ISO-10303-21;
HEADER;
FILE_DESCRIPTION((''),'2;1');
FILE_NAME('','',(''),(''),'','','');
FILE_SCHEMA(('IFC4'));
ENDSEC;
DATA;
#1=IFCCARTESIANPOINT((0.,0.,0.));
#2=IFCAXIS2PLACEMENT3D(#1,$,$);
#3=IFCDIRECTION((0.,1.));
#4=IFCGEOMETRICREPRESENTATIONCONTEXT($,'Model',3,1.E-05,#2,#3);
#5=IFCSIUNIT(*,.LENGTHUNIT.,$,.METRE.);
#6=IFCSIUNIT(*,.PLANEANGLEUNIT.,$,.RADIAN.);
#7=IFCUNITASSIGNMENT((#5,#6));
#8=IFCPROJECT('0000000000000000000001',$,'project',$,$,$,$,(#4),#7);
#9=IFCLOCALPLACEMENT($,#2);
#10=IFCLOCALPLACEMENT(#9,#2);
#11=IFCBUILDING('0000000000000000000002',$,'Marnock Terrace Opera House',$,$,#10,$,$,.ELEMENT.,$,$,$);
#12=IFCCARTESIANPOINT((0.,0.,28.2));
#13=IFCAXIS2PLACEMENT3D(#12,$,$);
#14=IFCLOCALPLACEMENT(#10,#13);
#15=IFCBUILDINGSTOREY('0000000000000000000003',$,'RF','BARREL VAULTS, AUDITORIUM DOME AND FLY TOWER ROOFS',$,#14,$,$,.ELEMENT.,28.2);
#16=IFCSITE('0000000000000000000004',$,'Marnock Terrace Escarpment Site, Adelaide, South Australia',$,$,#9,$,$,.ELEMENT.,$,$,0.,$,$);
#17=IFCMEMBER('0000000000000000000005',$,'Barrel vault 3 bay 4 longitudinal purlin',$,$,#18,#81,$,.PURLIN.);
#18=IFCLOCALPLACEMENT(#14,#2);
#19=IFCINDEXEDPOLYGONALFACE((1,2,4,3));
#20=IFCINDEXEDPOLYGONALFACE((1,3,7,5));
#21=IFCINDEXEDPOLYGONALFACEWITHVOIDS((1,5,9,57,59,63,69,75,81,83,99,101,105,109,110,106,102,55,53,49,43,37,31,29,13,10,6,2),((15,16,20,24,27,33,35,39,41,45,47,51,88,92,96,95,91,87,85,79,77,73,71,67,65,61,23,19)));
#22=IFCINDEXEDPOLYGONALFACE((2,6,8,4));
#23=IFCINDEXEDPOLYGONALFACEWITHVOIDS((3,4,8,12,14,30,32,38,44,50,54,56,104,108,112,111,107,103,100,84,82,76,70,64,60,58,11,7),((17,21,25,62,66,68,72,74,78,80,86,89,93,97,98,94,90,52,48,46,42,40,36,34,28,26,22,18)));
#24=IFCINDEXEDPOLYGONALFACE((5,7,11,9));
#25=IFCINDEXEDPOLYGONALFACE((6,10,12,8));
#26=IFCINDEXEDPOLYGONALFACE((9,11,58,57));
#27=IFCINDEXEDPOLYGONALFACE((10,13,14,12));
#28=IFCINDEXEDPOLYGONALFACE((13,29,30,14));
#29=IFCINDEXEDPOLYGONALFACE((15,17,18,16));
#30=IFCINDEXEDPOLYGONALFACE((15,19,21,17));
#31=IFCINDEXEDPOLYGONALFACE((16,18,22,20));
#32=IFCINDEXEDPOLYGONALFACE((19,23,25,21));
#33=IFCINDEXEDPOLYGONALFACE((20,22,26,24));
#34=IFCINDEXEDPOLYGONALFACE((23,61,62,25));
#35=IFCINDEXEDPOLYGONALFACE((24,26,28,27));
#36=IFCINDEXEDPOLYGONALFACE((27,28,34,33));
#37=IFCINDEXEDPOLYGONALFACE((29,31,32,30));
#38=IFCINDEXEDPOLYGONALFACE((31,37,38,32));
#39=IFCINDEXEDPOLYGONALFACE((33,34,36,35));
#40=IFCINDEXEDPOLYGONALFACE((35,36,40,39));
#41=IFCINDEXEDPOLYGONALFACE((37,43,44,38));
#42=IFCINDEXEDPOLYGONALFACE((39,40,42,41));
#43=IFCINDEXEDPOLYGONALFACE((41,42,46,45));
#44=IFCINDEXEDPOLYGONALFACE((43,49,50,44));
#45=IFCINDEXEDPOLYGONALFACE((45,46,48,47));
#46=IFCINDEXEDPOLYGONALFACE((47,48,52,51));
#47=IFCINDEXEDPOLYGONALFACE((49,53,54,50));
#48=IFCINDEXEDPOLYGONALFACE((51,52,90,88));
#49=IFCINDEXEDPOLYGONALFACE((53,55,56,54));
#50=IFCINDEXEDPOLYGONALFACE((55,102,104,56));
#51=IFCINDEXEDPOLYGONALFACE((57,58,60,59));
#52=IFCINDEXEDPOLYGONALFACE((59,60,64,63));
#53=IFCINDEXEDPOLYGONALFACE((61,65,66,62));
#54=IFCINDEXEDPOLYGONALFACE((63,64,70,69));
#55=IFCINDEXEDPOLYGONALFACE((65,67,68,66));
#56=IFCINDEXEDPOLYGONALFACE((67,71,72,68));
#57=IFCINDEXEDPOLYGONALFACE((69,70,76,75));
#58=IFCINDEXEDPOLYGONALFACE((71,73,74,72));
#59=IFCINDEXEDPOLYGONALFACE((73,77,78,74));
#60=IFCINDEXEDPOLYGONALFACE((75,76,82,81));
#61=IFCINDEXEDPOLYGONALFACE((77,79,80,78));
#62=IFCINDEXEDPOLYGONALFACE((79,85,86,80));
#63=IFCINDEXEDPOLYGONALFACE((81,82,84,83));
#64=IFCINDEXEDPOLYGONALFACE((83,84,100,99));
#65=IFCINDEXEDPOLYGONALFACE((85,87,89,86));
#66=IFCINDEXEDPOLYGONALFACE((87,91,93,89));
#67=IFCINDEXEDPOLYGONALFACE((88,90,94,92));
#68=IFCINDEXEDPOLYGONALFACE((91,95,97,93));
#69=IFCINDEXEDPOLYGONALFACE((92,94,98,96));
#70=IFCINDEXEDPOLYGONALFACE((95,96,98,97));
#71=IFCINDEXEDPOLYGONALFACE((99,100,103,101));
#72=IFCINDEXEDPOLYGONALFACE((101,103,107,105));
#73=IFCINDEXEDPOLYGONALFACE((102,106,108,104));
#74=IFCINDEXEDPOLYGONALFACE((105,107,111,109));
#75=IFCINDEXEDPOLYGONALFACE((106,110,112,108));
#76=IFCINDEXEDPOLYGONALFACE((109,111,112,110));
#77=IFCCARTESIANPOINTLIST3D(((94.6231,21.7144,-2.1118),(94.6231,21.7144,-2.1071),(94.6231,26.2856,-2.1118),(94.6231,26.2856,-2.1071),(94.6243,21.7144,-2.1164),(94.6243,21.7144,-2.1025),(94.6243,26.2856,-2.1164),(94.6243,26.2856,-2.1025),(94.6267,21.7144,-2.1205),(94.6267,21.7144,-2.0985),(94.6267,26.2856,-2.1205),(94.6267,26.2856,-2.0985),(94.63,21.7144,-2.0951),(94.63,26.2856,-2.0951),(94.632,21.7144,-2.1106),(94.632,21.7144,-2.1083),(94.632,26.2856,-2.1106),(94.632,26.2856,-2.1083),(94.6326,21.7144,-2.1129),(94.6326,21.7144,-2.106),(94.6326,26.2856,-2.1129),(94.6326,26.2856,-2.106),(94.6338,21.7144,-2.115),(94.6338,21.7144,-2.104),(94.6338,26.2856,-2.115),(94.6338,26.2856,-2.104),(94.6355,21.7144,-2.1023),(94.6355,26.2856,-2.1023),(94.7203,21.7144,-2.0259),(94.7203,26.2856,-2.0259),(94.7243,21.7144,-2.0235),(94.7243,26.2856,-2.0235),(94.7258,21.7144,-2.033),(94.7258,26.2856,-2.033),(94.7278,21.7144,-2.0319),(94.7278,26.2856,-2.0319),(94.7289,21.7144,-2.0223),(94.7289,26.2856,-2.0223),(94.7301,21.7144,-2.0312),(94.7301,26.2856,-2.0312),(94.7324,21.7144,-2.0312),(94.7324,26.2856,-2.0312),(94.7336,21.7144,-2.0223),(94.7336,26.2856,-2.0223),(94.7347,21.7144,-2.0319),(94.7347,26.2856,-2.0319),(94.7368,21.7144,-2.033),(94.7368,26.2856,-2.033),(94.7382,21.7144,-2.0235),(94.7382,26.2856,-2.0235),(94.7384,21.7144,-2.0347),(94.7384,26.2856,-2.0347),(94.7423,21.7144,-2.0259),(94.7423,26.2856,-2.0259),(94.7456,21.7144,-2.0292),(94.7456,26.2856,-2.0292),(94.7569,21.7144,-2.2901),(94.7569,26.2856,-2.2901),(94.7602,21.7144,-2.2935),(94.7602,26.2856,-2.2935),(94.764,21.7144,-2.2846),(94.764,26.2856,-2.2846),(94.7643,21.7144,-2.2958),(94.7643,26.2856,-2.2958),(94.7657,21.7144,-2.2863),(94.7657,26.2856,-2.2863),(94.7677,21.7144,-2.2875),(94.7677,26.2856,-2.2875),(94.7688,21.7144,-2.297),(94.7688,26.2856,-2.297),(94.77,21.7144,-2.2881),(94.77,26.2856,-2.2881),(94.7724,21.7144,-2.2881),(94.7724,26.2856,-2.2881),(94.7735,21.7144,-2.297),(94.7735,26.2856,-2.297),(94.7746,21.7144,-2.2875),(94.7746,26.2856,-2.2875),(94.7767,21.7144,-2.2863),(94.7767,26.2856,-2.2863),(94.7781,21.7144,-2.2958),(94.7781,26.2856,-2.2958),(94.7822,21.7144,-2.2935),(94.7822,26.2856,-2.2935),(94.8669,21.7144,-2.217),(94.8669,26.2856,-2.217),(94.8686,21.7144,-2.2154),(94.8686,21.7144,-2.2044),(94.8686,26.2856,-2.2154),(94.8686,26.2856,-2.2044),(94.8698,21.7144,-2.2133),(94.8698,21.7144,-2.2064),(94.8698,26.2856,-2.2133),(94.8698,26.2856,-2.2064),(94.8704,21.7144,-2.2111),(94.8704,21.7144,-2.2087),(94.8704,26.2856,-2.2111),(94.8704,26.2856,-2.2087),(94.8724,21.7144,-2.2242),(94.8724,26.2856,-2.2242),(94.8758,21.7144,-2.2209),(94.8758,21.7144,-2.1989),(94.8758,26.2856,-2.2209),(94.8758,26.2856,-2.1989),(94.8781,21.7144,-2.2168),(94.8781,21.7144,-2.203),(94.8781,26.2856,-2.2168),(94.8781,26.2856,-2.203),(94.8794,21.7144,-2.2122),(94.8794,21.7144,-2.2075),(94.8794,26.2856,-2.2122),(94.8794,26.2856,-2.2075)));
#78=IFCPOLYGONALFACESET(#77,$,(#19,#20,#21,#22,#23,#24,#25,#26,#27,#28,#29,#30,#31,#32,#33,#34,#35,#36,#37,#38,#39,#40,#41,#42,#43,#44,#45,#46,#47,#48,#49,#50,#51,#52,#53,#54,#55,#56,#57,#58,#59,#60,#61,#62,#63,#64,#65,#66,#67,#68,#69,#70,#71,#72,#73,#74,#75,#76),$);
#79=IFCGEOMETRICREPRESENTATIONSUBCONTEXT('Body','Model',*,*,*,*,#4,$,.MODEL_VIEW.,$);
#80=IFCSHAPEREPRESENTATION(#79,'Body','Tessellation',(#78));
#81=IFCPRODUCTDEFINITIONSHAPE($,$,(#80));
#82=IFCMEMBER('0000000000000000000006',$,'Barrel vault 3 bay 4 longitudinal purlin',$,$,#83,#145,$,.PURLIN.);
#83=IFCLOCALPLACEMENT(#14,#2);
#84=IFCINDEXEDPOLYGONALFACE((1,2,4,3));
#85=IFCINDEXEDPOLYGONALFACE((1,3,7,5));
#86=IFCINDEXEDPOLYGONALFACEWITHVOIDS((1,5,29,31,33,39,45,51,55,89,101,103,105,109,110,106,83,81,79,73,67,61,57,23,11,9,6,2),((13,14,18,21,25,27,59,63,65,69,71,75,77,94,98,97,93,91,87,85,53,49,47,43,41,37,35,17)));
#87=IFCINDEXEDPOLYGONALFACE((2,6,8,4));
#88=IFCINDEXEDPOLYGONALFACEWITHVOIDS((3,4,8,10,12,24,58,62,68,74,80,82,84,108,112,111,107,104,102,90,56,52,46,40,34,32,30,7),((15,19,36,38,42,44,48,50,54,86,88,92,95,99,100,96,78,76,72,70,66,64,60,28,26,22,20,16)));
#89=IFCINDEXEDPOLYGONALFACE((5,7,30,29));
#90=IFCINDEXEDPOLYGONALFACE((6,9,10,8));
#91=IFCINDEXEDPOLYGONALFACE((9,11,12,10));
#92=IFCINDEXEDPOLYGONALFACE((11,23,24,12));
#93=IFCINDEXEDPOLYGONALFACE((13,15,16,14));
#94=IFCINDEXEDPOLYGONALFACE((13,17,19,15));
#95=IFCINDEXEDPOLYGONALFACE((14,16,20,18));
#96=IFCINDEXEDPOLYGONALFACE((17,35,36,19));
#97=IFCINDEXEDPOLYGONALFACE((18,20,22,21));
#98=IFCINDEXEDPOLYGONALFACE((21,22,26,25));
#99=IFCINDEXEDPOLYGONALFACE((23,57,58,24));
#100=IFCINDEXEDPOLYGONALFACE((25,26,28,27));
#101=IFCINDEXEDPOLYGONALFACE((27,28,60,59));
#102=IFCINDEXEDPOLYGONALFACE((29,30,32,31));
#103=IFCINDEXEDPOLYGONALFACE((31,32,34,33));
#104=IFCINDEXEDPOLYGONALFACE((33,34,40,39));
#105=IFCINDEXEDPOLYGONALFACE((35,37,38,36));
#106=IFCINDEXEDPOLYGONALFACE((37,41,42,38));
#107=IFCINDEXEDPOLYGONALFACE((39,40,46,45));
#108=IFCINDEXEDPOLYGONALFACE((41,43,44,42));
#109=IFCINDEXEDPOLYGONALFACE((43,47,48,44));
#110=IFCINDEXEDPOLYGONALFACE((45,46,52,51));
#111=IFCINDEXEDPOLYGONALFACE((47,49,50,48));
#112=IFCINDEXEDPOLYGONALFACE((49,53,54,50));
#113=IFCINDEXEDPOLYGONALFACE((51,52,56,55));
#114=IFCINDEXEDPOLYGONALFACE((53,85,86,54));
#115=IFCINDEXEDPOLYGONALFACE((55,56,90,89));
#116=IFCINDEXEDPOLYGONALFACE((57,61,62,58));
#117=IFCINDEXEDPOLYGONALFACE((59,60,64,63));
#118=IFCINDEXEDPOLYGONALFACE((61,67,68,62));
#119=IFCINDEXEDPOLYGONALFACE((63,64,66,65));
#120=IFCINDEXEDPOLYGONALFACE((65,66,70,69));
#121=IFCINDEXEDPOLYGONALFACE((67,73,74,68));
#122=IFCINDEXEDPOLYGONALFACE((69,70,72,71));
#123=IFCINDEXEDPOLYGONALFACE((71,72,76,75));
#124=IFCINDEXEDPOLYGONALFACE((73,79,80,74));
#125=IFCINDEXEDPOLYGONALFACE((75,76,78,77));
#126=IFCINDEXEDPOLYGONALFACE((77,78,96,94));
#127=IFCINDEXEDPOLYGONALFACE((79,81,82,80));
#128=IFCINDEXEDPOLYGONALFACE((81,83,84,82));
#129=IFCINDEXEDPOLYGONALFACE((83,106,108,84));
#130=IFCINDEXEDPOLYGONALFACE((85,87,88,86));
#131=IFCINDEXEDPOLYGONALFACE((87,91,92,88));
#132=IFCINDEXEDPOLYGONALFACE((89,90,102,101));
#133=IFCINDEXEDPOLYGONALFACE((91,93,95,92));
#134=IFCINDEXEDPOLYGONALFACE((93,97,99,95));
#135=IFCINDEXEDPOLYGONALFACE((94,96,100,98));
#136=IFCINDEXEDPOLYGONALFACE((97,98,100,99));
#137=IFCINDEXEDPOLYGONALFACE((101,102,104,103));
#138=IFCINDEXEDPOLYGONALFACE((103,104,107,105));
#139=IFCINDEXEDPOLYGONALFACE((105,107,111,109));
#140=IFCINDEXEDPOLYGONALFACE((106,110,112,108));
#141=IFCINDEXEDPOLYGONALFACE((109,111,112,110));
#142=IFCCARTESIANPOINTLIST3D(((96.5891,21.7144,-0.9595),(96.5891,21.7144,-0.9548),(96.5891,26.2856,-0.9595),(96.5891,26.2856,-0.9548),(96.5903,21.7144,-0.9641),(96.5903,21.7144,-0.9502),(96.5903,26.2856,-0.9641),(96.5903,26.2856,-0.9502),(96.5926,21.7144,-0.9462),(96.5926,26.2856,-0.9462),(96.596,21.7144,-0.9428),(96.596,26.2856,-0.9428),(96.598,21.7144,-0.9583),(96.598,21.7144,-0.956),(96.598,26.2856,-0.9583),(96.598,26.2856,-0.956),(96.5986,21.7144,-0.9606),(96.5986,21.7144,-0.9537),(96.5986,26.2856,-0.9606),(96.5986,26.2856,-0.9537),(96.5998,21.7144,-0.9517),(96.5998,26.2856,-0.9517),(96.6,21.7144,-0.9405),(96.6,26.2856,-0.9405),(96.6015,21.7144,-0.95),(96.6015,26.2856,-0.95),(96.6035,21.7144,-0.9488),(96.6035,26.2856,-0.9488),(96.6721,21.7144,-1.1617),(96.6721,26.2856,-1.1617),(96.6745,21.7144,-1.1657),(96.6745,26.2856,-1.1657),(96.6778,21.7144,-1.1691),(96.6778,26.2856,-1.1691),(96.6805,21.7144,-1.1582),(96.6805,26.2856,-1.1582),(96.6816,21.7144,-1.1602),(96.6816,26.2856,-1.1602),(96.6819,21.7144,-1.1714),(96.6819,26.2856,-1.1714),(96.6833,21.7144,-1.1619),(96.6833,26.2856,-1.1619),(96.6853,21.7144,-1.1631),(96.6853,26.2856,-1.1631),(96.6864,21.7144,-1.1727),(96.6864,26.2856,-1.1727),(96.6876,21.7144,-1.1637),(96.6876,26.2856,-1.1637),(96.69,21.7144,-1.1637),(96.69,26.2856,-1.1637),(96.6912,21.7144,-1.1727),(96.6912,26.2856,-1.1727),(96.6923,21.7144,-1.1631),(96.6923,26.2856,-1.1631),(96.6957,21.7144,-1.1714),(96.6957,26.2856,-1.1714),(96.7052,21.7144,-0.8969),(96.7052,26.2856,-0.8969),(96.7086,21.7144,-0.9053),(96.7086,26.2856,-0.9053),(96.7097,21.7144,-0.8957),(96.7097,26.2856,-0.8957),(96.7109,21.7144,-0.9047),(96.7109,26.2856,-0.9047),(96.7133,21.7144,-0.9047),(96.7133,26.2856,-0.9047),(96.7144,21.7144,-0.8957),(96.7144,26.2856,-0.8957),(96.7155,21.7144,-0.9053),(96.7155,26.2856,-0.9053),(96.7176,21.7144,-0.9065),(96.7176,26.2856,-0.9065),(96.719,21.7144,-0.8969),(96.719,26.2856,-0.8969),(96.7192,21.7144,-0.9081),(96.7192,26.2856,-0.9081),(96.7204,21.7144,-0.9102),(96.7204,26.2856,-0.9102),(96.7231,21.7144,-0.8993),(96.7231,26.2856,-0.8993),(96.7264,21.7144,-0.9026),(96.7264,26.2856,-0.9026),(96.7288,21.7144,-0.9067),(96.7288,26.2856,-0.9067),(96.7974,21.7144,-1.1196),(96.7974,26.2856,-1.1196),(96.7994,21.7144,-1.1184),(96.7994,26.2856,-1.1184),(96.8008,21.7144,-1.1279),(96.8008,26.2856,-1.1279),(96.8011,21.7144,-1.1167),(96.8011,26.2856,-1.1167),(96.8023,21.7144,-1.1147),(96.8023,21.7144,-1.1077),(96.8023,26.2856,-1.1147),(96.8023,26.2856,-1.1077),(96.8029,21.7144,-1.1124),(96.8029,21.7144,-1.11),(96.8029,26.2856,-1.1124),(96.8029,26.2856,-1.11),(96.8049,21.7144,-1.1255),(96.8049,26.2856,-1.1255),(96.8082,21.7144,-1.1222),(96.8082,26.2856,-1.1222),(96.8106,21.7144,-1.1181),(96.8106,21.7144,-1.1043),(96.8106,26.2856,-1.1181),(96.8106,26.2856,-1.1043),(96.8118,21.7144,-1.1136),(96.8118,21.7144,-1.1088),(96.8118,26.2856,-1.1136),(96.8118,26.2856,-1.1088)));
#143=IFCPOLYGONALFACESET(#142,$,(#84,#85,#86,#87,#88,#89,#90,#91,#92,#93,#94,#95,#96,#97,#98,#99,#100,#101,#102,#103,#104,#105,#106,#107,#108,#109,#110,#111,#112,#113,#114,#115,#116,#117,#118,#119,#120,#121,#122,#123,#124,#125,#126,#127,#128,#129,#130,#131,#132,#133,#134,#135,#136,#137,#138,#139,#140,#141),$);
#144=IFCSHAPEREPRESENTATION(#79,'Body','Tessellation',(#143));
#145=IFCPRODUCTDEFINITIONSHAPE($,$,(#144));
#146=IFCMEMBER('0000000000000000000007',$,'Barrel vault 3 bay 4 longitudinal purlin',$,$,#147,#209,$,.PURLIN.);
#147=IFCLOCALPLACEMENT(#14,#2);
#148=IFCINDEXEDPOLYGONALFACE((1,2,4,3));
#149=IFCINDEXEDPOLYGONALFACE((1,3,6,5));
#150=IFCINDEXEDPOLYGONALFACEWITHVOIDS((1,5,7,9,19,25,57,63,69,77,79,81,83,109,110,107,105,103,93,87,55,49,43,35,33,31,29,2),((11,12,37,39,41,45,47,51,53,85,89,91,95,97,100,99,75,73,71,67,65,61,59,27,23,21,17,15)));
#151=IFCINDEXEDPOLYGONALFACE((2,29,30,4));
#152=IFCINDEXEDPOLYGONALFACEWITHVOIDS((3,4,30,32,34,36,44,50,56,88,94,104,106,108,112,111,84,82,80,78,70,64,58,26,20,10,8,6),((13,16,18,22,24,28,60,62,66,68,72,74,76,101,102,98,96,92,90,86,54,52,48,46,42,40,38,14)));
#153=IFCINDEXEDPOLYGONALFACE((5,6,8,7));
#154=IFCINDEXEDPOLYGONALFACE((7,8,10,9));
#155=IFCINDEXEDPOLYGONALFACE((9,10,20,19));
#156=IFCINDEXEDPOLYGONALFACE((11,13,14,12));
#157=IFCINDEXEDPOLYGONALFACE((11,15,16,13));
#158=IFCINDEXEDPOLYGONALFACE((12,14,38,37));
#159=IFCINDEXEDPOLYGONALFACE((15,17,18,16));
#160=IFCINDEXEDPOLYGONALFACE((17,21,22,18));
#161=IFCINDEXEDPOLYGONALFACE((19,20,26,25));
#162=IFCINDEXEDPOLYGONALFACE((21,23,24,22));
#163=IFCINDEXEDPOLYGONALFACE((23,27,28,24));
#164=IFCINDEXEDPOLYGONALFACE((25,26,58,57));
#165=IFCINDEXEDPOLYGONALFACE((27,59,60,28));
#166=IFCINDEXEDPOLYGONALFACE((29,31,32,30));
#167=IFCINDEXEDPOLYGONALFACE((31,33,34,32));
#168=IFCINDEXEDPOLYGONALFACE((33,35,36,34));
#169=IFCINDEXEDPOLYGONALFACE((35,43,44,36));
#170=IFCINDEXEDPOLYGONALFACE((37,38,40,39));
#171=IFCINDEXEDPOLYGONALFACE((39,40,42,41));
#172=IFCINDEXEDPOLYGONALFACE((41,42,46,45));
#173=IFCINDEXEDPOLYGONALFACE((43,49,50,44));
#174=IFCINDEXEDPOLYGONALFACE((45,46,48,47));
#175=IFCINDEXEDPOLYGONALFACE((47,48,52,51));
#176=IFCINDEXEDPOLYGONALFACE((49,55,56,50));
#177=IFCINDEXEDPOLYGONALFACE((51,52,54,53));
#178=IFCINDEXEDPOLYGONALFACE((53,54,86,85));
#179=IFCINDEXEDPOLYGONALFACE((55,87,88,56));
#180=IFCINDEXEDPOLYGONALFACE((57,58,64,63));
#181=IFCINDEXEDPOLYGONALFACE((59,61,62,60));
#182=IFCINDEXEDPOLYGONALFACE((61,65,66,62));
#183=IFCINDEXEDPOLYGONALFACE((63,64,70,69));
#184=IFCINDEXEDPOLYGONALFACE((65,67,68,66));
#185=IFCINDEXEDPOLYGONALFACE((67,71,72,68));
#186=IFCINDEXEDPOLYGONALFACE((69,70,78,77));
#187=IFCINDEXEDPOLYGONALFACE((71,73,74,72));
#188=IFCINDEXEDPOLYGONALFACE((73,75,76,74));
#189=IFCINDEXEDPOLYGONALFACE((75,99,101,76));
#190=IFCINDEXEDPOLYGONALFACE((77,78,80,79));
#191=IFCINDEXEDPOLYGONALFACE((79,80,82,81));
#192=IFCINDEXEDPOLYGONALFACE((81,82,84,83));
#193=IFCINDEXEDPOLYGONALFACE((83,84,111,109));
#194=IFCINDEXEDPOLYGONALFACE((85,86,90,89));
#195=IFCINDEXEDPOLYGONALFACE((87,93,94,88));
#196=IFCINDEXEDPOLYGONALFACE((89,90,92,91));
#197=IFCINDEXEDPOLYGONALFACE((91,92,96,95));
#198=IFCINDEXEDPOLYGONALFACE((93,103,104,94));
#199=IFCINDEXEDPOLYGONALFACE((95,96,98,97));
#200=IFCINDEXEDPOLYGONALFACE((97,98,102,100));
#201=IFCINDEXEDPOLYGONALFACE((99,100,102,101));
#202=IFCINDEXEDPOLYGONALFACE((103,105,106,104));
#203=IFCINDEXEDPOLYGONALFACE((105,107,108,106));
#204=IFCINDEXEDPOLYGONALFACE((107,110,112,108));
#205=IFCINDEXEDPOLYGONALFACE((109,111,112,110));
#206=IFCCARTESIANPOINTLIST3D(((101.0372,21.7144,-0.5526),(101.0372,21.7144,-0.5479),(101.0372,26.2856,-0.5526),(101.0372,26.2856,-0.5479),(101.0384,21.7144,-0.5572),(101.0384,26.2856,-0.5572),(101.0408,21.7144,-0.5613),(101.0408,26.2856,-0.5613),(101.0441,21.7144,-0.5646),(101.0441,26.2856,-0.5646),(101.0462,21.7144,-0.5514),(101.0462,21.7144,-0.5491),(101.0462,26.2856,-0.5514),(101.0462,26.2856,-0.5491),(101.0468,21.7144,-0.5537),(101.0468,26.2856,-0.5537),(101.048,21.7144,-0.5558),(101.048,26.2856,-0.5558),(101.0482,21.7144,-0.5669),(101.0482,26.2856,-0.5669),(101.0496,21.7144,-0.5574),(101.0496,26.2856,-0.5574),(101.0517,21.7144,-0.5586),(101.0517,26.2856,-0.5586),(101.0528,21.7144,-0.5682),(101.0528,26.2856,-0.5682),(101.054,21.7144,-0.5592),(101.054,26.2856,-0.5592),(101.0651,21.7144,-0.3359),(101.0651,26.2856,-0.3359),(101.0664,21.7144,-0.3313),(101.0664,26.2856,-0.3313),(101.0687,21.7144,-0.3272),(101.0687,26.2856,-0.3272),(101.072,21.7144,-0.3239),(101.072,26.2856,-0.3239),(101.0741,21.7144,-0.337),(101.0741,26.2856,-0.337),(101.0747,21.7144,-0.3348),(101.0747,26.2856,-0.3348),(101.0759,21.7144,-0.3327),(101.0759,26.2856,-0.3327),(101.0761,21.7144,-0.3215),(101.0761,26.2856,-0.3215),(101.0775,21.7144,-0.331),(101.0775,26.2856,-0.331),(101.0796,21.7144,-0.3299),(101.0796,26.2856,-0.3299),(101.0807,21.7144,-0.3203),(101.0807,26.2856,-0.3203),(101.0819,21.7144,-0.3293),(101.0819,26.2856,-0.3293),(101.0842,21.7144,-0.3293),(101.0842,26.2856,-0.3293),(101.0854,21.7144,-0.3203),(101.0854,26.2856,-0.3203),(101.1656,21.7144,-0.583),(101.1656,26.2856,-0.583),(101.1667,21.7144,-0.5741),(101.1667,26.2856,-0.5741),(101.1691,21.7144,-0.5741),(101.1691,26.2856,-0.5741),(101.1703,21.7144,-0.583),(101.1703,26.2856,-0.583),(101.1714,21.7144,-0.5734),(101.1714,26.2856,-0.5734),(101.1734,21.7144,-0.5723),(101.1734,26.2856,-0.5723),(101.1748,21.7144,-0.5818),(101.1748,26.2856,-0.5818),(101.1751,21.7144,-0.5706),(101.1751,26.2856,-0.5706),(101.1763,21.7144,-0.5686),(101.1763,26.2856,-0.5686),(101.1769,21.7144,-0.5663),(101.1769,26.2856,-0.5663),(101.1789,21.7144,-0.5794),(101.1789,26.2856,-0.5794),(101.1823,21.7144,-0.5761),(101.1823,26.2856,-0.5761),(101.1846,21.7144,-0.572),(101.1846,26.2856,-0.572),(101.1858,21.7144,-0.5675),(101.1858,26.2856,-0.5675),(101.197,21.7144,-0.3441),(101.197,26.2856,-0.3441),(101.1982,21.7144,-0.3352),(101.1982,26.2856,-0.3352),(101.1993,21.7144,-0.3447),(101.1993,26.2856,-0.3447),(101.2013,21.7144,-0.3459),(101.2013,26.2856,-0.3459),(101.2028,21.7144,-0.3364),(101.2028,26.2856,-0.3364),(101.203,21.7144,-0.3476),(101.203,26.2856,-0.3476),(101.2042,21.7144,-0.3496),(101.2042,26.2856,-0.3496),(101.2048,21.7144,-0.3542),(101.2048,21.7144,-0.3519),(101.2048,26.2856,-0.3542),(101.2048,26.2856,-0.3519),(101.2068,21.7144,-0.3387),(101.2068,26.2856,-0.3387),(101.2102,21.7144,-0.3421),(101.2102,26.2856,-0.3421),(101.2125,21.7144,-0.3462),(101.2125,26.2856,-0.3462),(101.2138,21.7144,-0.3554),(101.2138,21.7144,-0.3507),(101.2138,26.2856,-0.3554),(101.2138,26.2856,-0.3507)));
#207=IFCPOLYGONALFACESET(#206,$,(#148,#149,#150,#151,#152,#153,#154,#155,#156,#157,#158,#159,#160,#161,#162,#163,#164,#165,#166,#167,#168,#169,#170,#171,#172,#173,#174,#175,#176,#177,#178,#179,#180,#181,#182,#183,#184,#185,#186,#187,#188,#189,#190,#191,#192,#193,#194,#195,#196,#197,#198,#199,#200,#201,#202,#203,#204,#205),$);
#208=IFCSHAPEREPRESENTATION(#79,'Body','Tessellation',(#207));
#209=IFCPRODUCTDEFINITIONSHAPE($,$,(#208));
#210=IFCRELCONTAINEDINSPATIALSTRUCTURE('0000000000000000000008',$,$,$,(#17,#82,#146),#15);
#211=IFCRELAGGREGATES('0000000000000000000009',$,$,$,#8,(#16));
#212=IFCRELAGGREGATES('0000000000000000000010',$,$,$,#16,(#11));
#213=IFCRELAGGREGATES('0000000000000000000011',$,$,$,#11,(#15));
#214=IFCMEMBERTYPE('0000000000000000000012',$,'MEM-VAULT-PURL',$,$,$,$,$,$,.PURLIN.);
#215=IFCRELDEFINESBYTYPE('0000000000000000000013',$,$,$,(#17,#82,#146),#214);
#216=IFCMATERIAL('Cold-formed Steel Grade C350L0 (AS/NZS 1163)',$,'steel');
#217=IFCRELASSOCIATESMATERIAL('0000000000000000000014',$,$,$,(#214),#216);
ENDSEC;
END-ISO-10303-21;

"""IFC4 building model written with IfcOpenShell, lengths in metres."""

from ifc_helpers import new_model, si_unit, direction, frame, origin, origin_2d, place, context, subcontext, project, spatial, hollow_rectangle, extrude, material, material_profile, profile_set, type_object, element, save


model = new_model("IFC4")

# Units and contexts
model_context = context("Model", 3, precision=1e-05, world=origin(), true_north=direction((0.0, 1.0)))
body_context = subcontext(model_context, "Body", "Model", "MODEL_VIEW")
ifc_project = project(units=[si_unit("LENGTHUNIT", "METRE"), si_unit("PLANEANGLEUNIT", "RADIAN")], contexts=[model_context])

# Site, building, storey
site_placement = place(None, origin())
site = spatial("IfcSite", under=ifc_project, at=site_placement, Name="Marnock Terrace Escarpment Site, Adelaide, South Australia", CompositionType="ELEMENT", RefElevation=0.0)
building_placement = place(site_placement, origin())
building = spatial("IfcBuilding", under=site, at=building_placement, Name="Marnock Terrace Opera House", CompositionType="ELEMENT")
storey_placement = place(building_placement, frame((0.0, 0.0, 28.2)))
storey = spatial("IfcBuildingStorey", under=building, at=storey_placement, Name="RF", Description="BARREL VAULTS, AUDITORIUM DOME AND FLY TOWER ROOFS", CompositionType="ELEMENT", Elevation=28.2)

# Members
ifc_material_1 = material(Name="Cold-formed Steel Grade C350L0 (AS/NZS 1163)", Category="steel")
ifc_material_profile_1 = material_profile(ifc_material_1, hollow_rectangle(XDim=0.1499, YDim=0.25, WallThickness=0.009, InnerFilletRadius=0.009, OuterFilletRadius=0.0181, at=origin_2d()))
ifc_profile_set_1 = profile_set([ifc_material_profile_1], Name="Cold-formed Steel Grade C350L0 (AS/NZS 1163)")
member_type_1 = type_object("IfcMemberType", Name="MEM-VAULT-PURL", PredefinedType="PURLIN", material=ifc_profile_set_1)
for number, where, z_axis, x_axis, name in (
    (1, (94.7512, 21.7144, -2.1597), (0.0, 1.0, 0.0), (-0.793353, 0.0, -0.608761), "Barrel vault 3 bay 4 longitudinal purlin"),
    (2, (96.7004, 21.7144, -1.0342), (0.0, 1.0, 0.0), (-0.92388, 0.0, -0.382683), "Barrel vault 3 bay 4 longitudinal purlin"),
    (3, (101.1255, 21.7144, -0.4517), (0.0, 1.0, 0.0), (-0.991445, 0.0, 0.130526), "Barrel vault 3 bay 4 longitudinal purlin"),
):
    element("IfcMember", number, at=place(storey_placement, frame(where, z_axis=z_axis, x_axis=x_axis)), inside=storey, type_object=member_type_1, Name=name, PredefinedType="PURLIN", context=body_context, shape_type="SweptSolid", body=[
        extrude(hollow_rectangle(XDim=0.1499, YDim=0.25, WallThickness=0.009, InnerFilletRadius=0.009, OuterFilletRadius=0.0181, at=origin_2d()), origin(), (0.0, 0.0, 1.0), 4.5713),
    ])

save(model, "model.ifc")
